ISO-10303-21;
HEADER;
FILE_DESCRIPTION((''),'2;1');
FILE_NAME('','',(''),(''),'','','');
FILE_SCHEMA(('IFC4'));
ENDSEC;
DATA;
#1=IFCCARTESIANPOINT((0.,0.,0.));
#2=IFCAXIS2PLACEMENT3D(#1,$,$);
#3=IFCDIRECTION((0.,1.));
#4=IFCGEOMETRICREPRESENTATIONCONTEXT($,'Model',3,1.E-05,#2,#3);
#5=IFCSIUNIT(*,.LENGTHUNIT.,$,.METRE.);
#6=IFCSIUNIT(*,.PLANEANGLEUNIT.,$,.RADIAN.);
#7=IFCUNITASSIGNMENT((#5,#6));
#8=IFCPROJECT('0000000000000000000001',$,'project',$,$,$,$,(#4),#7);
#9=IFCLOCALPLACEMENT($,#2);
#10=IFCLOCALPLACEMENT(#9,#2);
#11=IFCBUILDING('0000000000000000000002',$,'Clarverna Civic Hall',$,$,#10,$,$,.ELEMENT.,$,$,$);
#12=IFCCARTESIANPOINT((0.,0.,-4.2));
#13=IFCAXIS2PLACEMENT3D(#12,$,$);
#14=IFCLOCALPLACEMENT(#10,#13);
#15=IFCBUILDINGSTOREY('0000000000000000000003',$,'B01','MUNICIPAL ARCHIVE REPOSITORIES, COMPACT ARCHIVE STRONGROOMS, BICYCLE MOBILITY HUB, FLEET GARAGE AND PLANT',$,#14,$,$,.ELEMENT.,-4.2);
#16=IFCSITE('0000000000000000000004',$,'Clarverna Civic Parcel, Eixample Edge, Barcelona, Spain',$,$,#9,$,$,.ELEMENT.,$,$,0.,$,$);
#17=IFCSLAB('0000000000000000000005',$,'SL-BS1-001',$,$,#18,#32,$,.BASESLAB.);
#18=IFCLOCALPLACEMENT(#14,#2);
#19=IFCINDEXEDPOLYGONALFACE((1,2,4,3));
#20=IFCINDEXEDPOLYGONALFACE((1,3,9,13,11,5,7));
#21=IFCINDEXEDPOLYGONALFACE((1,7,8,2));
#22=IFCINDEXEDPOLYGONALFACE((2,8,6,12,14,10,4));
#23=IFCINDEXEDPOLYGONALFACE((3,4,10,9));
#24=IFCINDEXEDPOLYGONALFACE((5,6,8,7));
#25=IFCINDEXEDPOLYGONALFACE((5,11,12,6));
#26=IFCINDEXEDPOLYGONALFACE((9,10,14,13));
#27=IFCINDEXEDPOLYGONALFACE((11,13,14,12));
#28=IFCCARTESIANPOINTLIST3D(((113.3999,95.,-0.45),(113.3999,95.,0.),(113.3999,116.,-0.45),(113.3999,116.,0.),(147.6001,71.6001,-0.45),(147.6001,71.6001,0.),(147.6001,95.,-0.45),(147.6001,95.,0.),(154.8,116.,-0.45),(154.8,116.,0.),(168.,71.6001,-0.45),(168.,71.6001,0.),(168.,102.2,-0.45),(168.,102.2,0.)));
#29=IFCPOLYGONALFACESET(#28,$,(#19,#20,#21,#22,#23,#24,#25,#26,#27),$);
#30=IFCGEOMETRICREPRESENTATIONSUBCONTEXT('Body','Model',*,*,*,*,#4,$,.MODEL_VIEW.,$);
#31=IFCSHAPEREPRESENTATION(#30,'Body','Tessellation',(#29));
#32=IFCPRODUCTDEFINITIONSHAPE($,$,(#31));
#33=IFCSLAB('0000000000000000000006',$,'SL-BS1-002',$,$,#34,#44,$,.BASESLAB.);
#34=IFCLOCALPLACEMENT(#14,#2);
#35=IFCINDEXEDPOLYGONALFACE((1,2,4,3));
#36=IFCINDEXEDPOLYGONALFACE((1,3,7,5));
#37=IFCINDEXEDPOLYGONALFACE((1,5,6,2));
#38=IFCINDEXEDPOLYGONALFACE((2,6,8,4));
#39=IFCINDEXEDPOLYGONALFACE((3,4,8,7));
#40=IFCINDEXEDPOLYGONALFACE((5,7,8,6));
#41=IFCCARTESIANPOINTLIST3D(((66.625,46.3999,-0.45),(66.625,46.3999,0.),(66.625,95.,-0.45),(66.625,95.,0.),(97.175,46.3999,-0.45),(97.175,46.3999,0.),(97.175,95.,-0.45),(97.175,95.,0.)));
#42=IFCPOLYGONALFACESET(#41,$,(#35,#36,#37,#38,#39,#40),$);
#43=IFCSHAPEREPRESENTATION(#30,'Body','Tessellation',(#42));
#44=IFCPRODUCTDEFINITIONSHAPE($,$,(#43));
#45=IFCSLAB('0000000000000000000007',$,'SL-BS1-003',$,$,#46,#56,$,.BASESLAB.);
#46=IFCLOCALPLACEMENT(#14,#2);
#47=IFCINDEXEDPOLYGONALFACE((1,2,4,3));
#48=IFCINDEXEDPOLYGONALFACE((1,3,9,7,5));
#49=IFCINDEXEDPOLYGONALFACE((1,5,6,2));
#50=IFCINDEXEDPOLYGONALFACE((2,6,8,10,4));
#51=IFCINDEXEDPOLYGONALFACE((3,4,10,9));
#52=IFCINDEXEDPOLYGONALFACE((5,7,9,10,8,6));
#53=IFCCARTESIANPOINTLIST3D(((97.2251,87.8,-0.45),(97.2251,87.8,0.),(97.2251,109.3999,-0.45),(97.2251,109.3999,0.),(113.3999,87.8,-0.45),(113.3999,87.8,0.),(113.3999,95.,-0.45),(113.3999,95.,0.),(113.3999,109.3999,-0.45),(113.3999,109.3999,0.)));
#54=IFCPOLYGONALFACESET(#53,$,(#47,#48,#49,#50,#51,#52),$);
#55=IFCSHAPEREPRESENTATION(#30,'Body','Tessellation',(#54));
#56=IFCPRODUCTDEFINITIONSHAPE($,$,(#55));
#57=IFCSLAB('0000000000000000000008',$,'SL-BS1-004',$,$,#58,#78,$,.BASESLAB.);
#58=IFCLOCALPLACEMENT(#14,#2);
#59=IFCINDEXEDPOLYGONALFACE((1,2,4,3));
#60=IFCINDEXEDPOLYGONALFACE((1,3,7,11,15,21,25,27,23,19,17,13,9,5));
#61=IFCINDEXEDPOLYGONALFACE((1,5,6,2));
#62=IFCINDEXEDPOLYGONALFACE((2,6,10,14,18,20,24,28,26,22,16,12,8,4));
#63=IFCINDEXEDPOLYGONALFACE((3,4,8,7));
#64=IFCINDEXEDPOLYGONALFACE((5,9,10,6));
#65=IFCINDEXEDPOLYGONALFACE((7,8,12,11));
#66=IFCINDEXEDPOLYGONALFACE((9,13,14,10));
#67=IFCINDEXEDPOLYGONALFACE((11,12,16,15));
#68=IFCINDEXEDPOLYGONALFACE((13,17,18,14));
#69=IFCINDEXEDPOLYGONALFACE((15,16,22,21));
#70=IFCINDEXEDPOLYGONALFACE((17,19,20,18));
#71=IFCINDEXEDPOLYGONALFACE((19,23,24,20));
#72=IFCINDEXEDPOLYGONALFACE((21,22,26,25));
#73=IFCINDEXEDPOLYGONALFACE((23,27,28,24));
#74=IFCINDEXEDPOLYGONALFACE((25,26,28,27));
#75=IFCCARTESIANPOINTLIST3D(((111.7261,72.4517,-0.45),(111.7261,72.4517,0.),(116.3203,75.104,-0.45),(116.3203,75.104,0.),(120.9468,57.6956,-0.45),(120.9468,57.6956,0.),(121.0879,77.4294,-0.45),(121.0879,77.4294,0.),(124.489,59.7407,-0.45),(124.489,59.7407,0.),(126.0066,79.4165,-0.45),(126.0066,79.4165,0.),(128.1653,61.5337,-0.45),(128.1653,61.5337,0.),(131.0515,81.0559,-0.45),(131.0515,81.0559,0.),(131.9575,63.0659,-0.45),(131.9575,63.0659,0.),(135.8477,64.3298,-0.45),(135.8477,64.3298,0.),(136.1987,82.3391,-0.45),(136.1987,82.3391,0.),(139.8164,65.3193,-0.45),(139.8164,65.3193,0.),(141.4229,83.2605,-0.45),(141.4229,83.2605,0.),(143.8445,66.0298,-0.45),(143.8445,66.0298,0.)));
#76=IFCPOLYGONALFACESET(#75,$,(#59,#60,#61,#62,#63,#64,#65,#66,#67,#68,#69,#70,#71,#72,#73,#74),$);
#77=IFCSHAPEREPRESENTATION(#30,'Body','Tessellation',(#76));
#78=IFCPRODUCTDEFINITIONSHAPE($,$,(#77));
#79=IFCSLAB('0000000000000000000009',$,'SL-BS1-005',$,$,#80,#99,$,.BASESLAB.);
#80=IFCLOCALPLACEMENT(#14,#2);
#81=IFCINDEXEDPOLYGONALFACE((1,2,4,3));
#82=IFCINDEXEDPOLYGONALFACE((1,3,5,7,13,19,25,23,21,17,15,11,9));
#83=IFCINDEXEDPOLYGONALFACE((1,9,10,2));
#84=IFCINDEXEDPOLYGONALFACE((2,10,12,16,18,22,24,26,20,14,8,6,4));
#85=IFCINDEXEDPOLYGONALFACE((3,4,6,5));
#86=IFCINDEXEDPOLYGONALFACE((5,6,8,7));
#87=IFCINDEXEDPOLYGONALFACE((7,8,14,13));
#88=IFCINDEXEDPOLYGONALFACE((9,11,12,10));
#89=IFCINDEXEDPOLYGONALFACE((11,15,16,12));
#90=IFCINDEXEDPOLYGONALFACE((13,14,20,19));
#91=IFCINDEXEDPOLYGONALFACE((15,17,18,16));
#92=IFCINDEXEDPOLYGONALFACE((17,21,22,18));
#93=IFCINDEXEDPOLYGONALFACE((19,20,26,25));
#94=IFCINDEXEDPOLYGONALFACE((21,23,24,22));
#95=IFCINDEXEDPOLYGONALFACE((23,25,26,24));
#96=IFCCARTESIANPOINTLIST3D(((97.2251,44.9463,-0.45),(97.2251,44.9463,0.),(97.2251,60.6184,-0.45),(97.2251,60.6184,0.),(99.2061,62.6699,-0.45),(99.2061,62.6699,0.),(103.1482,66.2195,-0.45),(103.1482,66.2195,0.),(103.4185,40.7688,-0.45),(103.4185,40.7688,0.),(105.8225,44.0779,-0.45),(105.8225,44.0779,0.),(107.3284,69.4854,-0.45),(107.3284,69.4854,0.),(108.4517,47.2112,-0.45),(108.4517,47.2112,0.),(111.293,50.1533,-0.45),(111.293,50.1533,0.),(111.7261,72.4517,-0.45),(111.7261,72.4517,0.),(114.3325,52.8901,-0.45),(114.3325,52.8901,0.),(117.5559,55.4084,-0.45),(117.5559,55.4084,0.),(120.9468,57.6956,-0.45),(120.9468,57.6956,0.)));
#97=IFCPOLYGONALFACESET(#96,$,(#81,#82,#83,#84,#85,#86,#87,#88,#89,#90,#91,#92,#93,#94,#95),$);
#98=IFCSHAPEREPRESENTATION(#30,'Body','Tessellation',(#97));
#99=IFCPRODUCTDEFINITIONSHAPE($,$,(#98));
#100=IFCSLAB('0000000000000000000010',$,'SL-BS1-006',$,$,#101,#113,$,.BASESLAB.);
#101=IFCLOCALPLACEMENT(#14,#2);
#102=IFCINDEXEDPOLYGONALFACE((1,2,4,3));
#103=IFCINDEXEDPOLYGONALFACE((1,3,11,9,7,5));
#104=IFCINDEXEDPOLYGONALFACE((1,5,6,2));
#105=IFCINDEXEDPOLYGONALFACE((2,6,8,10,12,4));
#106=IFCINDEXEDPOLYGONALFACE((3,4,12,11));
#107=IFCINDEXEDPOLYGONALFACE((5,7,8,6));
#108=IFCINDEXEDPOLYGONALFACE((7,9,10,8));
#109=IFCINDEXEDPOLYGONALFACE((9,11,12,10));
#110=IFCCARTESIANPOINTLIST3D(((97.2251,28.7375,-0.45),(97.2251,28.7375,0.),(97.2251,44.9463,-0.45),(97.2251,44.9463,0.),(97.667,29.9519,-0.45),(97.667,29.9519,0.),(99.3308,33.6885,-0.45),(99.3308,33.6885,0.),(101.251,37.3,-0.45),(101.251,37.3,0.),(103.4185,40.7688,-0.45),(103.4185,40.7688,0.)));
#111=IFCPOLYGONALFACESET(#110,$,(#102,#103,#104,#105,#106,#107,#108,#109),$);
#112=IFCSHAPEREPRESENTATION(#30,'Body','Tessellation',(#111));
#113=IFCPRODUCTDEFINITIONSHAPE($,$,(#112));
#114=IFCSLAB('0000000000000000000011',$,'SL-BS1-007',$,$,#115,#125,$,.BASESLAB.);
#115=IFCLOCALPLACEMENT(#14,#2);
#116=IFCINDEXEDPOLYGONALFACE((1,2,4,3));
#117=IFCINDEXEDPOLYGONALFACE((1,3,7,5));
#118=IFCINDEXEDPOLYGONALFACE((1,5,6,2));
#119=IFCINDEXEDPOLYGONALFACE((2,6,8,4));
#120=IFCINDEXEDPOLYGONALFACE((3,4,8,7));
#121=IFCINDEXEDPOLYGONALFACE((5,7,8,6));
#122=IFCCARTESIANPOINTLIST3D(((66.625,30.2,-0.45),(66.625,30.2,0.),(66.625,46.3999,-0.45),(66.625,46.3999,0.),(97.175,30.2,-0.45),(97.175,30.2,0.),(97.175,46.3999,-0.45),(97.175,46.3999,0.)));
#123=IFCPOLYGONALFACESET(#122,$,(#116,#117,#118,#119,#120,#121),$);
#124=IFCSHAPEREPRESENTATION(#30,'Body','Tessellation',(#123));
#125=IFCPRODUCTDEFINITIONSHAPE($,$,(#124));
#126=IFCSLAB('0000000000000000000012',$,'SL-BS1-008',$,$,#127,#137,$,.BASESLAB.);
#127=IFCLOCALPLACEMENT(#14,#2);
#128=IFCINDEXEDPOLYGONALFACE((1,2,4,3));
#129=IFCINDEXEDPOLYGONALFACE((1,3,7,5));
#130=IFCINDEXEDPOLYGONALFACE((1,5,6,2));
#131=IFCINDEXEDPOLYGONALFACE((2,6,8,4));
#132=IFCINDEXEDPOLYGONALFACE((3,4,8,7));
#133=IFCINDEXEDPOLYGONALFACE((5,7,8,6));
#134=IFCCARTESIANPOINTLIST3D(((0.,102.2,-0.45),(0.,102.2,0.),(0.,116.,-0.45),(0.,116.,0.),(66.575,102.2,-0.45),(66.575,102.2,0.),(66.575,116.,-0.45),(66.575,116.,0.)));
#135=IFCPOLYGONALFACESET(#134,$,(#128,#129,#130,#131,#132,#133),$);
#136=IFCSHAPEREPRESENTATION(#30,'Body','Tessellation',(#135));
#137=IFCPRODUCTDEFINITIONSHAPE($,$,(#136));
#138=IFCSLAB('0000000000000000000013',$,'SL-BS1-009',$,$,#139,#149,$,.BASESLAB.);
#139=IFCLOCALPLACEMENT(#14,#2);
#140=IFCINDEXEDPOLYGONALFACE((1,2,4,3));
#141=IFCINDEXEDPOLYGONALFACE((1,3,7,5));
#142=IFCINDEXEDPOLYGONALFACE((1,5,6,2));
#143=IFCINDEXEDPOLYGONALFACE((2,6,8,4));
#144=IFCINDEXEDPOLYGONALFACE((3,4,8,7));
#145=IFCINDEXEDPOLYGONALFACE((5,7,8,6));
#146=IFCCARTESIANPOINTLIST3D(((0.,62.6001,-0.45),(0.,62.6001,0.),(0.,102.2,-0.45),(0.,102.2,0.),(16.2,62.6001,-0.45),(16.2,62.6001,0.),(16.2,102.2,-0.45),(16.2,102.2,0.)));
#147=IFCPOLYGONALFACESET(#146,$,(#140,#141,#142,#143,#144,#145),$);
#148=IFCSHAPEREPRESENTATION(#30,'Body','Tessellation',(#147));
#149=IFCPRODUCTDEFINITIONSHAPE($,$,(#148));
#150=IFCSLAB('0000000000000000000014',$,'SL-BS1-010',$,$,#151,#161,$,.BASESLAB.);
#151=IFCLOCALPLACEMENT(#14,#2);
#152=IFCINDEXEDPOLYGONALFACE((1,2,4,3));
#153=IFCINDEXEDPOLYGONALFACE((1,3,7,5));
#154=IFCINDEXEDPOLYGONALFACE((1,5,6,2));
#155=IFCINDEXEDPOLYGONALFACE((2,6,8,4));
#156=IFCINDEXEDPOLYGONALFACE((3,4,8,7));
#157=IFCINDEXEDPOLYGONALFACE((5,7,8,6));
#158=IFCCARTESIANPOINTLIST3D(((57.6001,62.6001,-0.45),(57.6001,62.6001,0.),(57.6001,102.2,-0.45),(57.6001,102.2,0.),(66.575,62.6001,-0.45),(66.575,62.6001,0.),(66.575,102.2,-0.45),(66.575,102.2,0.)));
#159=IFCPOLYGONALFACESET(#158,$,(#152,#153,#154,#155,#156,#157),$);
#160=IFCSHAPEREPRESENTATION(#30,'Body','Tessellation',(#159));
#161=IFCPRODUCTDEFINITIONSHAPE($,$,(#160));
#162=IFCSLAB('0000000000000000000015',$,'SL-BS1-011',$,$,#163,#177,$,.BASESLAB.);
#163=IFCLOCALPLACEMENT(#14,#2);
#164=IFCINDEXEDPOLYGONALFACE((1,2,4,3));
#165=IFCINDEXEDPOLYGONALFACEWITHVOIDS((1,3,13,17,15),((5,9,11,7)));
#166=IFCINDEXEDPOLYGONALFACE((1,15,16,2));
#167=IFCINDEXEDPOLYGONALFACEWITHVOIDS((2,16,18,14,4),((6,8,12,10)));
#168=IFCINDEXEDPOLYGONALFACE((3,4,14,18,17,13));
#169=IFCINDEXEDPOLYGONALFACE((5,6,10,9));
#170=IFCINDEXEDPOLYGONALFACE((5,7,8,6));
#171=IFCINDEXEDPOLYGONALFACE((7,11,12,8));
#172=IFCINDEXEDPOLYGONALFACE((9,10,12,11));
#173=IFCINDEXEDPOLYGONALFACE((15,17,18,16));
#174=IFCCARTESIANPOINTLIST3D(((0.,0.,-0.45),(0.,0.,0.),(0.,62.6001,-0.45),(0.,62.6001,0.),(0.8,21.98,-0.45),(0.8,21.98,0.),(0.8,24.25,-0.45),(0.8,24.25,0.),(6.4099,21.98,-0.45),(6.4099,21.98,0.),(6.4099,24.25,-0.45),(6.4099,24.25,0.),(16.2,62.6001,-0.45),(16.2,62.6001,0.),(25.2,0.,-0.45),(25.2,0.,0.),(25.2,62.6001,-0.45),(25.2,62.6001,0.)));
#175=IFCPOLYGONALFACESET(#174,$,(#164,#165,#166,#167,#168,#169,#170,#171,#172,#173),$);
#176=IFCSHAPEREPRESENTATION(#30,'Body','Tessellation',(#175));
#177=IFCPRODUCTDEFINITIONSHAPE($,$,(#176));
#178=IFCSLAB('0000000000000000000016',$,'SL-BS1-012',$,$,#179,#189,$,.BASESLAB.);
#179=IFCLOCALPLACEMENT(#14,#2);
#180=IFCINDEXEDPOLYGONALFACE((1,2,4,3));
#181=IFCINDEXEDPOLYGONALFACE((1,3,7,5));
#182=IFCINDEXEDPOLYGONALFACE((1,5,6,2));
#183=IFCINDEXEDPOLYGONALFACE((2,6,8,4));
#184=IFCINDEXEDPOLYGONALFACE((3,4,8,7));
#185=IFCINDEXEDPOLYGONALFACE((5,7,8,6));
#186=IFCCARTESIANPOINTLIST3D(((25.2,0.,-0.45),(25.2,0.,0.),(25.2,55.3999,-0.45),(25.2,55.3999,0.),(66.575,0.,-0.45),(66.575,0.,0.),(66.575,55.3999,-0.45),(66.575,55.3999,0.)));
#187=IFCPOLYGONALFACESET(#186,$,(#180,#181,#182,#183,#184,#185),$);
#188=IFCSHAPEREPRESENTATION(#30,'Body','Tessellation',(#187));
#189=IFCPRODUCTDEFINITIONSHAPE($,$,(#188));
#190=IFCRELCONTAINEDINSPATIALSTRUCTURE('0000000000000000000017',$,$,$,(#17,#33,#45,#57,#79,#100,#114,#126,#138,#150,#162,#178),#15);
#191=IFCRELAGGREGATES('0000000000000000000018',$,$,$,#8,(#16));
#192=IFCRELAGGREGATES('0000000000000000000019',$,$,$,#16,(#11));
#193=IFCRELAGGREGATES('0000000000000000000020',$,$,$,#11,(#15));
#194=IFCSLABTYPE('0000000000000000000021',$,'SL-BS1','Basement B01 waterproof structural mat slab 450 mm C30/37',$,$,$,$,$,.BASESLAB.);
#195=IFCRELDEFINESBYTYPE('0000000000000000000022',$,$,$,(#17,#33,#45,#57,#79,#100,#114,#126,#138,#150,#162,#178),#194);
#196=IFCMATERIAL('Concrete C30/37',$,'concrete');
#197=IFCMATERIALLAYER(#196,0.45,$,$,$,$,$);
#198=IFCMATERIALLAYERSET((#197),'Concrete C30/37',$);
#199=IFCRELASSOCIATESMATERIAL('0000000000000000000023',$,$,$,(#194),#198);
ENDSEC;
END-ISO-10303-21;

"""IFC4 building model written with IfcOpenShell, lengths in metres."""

from ifc_helpers import new_model, si_unit, direction, frame, origin, place, context, subcontext, project, spatial, polyline, outline, extrude, material, layer, layer_set, type_object, element, save


model = new_model("IFC4")

# Units and contexts
model_context = context("Model", 3, precision=1e-05, world=origin(), true_north=direction((0.0, 1.0)))
body_context = subcontext(model_context, "Body", "Model", "MODEL_VIEW")
ifc_project = project(units=[si_unit("LENGTHUNIT", "METRE"), si_unit("PLANEANGLEUNIT", "RADIAN")], contexts=[model_context])

# Site, building, storey
site_placement = place(None, origin())
site = spatial("IfcSite", under=ifc_project, at=site_placement, Name="Clarverna Civic Parcel, Eixample Edge, Barcelona, Spain", CompositionType="ELEMENT", RefElevation=0.0)
building_placement = place(site_placement, origin())
building = spatial("IfcBuilding", under=site, at=building_placement, Name="Clarverna Civic Hall", CompositionType="ELEMENT")
storey_placement = place(building_placement, frame((0.0, 0.0, -4.2)))
storey = spatial("IfcBuildingStorey", under=building, at=storey_placement, Name="B01", Description="MUNICIPAL ARCHIVE REPOSITORIES, COMPACT ARCHIVE STRONGROOMS, BICYCLE MOBILITY HUB, FLEET GARAGE AND PLANT", CompositionType="ELEMENT", Elevation=-4.2)

# Shared definitions
ifc_material_1 = material(Name="Concrete C30/37", Category="concrete")

# Slabs
ifc_layer = layer(ifc_material_1, 0.45)
ifc_layer_set = layer_set([ifc_layer], Name="Concrete C30/37")
slab_type = type_object("IfcSlabType", Name="SL-BS1", Description="Basement B01 waterproof structural mat slab 450 mm C30/37", PredefinedType="BASESLAB", material=ifc_layer_set)
slab_1_placement = place(storey_placement, frame((0.0, 0.0, -0.45)))
element("IfcSlab", 1, at=slab_1_placement, inside=storey, type_object=slab_type, Name="SL-BS1-001", PredefinedType="BASESLAB", context=body_context, shape_type="SweptSolid", body=[
    extrude(outline(polyline([(113.3999, 95.0), (147.6001, 95.0), (147.6001, 71.6001), (168.0, 71.6001), (168.0, 102.2), (154.8, 116.0), (113.3999, 116.0), (113.3999, 95.0)])), origin(), (0.0, 0.0, 1.0), 0.45),
])
slab_2_placement = place(storey_placement, frame((0.0, 0.0, -0.45)))
element("IfcSlab", 2, at=slab_2_placement, inside=storey, type_object=slab_type, Name="SL-BS1-002", PredefinedType="BASESLAB", context=body_context, shape_type="SweptSolid", body=[
    extrude(outline(polyline([(97.175, 95.0), (66.625, 95.0), (66.625, 46.3999), (97.175, 46.3999), (97.175, 95.0)])), origin(), (0.0, 0.0, 1.0), 0.45),
])
slab_3_placement = place(storey_placement, frame((0.0, 0.0, -0.45)))
element("IfcSlab", 3, at=slab_3_placement, inside=storey, type_object=slab_type, Name="SL-BS1-003", PredefinedType="BASESLAB", context=body_context, shape_type="SweptSolid", body=[
    extrude(outline(polyline([(113.3999, 109.3999), (97.2251, 109.3999), (97.2251, 87.8), (113.3999, 87.8), (113.3999, 95.0), (113.3999, 109.3999)])), origin(), (0.0, 0.0, 1.0), 0.45),
])
slab_4_placement = place(storey_placement, frame((0.0, 0.0, -0.45)))
element("IfcSlab", 4, at=slab_4_placement, inside=storey, type_object=slab_type, Name="SL-BS1-004", PredefinedType="BASESLAB", context=body_context, shape_type="SweptSolid", body=[
    extrude(outline(polyline([(135.8477, 64.3298), (139.8164, 65.3193), (143.8445, 66.0298), (141.4229, 83.2605), (136.1987, 82.3391), (131.0515, 81.0559), (126.0066, 79.4165), (121.0879, 77.4294), (116.3203, 75.104), (111.7261, 72.4517), (120.9468, 57.6956), (124.489, 59.7407), (128.1653, 61.5337), (131.9575, 63.0659), (135.8477, 64.3298)])), origin(), (0.0, 0.0, 1.0), 0.45),
])
slab_5_placement = place(storey_placement, frame((0.0, 0.0, -0.45)))
element("IfcSlab", 5, at=slab_5_placement, inside=storey, type_object=slab_type, Name="SL-BS1-005", PredefinedType="BASESLAB", context=body_context, shape_type="SweptSolid", body=[
    extrude(outline(polyline([(114.3325, 52.8901), (117.5559, 55.4084), (120.9468, 57.6956), (111.7261, 72.4517), (107.3284, 69.4854), (103.1482, 66.2195), (99.2061, 62.6699), (97.2251, 60.6184), (97.2251, 44.9463), (103.4185, 40.7688), (105.8225, 44.0779), (108.4517, 47.2112), (111.293, 50.1533), (114.3325, 52.8901)])), origin(), (0.0, 0.0, 1.0), 0.45),
])
slab_6_placement = place(storey_placement, frame((0.0, 0.0, -0.45)))
element("IfcSlab", 6, at=slab_6_placement, inside=storey, type_object=slab_type, Name="SL-BS1-006", PredefinedType="BASESLAB", context=body_context, shape_type="SweptSolid", body=[
    extrude(outline(polyline([(99.3308, 33.6885), (101.251, 37.3), (103.4185, 40.7688), (97.2251, 44.9463), (97.2251, 28.7375), (97.667, 29.9519), (99.3308, 33.6885)])), origin(), (0.0, 0.0, 1.0), 0.45),
])
slab_7_placement = place(storey_placement, frame((0.0, 0.0, -0.45)))
element("IfcSlab", 7, at=slab_7_placement, inside=storey, type_object=slab_type, Name="SL-BS1-007", PredefinedType="BASESLAB", context=body_context, shape_type="SweptSolid", body=[
    extrude(outline(polyline([(97.175, 46.3999), (66.625, 46.3999), (66.625, 30.2), (97.175, 30.2), (97.175, 46.3999)])), origin(), (0.0, 0.0, 1.0), 0.45),
])
slab_8_placement = place(storey_placement, frame((0.0, 0.0, -0.45)))
element("IfcSlab", 8, at=slab_8_placement, inside=storey, type_object=slab_type, Name="SL-BS1-008", PredefinedType="BASESLAB", context=body_context, shape_type="SweptSolid", body=[
    extrude(outline(polyline([(0.0, 102.2), (66.575, 102.2), (66.575, 116.0), (0.0, 116.0), (0.0, 102.2)])), origin(), (0.0, 0.0, 1.0), 0.45),
])
slab_9_placement = place(storey_placement, frame((0.0, 0.0, -0.45)))
element("IfcSlab", 9, at=slab_9_placement, inside=storey, type_object=slab_type, Name="SL-BS1-009", PredefinedType="BASESLAB", context=body_context, shape_type="SweptSolid", body=[
    extrude(outline(polyline([(0.0, 102.2), (0.0, 62.6001), (16.2, 62.6001), (16.2, 102.2), (0.0, 102.2)])), origin(), (0.0, 0.0, 1.0), 0.45),
])
slab_10_placement = place(storey_placement, frame((0.0, 0.0, -0.45)))
element("IfcSlab", 10, at=slab_10_placement, inside=storey, type_object=slab_type, Name="SL-BS1-010", PredefinedType="BASESLAB", context=body_context, shape_type="SweptSolid", body=[
    extrude(outline(polyline([(57.6001, 62.6001), (66.575, 62.6001), (66.575, 102.2), (57.6001, 102.2), (57.6001, 62.6001)])), origin(), (0.0, 0.0, 1.0), 0.45),
])
slab_11_placement = place(storey_placement, frame((0.0, 0.0, -0.45)))
element("IfcSlab", 11, at=slab_11_placement, inside=storey, type_object=slab_type, Name="SL-BS1-011", PredefinedType="BASESLAB", context=body_context, shape_type="SweptSolid", body=[
    extrude(outline(polyline([(0.0, 62.6001), (0.0, 0.0), (25.2, 0.0), (25.2, 62.6001), (16.2, 62.6001), (0.0, 62.6001)]), holes=[polyline([(0.8, 21.98), (6.4099, 21.98), (6.4099, 24.25), (0.8, 24.25), (0.8, 21.98)])]), origin(), (0.0, 0.0, 1.0), 0.45),
])
slab_12_placement = place(storey_placement, frame((0.0, 0.0, -0.45)))
element("IfcSlab", 12, at=slab_12_placement, inside=storey, type_object=slab_type, Name="SL-BS1-012", PredefinedType="BASESLAB", context=body_context, shape_type="SweptSolid", body=[
    extrude(outline(polyline([(25.2, 0.0), (66.575, 0.0), (66.575, 55.3999), (25.2, 55.3999), (25.2, 0.0)])), origin(), (0.0, 0.0, 1.0), 0.45),
])

save(model, "model.ifc")
